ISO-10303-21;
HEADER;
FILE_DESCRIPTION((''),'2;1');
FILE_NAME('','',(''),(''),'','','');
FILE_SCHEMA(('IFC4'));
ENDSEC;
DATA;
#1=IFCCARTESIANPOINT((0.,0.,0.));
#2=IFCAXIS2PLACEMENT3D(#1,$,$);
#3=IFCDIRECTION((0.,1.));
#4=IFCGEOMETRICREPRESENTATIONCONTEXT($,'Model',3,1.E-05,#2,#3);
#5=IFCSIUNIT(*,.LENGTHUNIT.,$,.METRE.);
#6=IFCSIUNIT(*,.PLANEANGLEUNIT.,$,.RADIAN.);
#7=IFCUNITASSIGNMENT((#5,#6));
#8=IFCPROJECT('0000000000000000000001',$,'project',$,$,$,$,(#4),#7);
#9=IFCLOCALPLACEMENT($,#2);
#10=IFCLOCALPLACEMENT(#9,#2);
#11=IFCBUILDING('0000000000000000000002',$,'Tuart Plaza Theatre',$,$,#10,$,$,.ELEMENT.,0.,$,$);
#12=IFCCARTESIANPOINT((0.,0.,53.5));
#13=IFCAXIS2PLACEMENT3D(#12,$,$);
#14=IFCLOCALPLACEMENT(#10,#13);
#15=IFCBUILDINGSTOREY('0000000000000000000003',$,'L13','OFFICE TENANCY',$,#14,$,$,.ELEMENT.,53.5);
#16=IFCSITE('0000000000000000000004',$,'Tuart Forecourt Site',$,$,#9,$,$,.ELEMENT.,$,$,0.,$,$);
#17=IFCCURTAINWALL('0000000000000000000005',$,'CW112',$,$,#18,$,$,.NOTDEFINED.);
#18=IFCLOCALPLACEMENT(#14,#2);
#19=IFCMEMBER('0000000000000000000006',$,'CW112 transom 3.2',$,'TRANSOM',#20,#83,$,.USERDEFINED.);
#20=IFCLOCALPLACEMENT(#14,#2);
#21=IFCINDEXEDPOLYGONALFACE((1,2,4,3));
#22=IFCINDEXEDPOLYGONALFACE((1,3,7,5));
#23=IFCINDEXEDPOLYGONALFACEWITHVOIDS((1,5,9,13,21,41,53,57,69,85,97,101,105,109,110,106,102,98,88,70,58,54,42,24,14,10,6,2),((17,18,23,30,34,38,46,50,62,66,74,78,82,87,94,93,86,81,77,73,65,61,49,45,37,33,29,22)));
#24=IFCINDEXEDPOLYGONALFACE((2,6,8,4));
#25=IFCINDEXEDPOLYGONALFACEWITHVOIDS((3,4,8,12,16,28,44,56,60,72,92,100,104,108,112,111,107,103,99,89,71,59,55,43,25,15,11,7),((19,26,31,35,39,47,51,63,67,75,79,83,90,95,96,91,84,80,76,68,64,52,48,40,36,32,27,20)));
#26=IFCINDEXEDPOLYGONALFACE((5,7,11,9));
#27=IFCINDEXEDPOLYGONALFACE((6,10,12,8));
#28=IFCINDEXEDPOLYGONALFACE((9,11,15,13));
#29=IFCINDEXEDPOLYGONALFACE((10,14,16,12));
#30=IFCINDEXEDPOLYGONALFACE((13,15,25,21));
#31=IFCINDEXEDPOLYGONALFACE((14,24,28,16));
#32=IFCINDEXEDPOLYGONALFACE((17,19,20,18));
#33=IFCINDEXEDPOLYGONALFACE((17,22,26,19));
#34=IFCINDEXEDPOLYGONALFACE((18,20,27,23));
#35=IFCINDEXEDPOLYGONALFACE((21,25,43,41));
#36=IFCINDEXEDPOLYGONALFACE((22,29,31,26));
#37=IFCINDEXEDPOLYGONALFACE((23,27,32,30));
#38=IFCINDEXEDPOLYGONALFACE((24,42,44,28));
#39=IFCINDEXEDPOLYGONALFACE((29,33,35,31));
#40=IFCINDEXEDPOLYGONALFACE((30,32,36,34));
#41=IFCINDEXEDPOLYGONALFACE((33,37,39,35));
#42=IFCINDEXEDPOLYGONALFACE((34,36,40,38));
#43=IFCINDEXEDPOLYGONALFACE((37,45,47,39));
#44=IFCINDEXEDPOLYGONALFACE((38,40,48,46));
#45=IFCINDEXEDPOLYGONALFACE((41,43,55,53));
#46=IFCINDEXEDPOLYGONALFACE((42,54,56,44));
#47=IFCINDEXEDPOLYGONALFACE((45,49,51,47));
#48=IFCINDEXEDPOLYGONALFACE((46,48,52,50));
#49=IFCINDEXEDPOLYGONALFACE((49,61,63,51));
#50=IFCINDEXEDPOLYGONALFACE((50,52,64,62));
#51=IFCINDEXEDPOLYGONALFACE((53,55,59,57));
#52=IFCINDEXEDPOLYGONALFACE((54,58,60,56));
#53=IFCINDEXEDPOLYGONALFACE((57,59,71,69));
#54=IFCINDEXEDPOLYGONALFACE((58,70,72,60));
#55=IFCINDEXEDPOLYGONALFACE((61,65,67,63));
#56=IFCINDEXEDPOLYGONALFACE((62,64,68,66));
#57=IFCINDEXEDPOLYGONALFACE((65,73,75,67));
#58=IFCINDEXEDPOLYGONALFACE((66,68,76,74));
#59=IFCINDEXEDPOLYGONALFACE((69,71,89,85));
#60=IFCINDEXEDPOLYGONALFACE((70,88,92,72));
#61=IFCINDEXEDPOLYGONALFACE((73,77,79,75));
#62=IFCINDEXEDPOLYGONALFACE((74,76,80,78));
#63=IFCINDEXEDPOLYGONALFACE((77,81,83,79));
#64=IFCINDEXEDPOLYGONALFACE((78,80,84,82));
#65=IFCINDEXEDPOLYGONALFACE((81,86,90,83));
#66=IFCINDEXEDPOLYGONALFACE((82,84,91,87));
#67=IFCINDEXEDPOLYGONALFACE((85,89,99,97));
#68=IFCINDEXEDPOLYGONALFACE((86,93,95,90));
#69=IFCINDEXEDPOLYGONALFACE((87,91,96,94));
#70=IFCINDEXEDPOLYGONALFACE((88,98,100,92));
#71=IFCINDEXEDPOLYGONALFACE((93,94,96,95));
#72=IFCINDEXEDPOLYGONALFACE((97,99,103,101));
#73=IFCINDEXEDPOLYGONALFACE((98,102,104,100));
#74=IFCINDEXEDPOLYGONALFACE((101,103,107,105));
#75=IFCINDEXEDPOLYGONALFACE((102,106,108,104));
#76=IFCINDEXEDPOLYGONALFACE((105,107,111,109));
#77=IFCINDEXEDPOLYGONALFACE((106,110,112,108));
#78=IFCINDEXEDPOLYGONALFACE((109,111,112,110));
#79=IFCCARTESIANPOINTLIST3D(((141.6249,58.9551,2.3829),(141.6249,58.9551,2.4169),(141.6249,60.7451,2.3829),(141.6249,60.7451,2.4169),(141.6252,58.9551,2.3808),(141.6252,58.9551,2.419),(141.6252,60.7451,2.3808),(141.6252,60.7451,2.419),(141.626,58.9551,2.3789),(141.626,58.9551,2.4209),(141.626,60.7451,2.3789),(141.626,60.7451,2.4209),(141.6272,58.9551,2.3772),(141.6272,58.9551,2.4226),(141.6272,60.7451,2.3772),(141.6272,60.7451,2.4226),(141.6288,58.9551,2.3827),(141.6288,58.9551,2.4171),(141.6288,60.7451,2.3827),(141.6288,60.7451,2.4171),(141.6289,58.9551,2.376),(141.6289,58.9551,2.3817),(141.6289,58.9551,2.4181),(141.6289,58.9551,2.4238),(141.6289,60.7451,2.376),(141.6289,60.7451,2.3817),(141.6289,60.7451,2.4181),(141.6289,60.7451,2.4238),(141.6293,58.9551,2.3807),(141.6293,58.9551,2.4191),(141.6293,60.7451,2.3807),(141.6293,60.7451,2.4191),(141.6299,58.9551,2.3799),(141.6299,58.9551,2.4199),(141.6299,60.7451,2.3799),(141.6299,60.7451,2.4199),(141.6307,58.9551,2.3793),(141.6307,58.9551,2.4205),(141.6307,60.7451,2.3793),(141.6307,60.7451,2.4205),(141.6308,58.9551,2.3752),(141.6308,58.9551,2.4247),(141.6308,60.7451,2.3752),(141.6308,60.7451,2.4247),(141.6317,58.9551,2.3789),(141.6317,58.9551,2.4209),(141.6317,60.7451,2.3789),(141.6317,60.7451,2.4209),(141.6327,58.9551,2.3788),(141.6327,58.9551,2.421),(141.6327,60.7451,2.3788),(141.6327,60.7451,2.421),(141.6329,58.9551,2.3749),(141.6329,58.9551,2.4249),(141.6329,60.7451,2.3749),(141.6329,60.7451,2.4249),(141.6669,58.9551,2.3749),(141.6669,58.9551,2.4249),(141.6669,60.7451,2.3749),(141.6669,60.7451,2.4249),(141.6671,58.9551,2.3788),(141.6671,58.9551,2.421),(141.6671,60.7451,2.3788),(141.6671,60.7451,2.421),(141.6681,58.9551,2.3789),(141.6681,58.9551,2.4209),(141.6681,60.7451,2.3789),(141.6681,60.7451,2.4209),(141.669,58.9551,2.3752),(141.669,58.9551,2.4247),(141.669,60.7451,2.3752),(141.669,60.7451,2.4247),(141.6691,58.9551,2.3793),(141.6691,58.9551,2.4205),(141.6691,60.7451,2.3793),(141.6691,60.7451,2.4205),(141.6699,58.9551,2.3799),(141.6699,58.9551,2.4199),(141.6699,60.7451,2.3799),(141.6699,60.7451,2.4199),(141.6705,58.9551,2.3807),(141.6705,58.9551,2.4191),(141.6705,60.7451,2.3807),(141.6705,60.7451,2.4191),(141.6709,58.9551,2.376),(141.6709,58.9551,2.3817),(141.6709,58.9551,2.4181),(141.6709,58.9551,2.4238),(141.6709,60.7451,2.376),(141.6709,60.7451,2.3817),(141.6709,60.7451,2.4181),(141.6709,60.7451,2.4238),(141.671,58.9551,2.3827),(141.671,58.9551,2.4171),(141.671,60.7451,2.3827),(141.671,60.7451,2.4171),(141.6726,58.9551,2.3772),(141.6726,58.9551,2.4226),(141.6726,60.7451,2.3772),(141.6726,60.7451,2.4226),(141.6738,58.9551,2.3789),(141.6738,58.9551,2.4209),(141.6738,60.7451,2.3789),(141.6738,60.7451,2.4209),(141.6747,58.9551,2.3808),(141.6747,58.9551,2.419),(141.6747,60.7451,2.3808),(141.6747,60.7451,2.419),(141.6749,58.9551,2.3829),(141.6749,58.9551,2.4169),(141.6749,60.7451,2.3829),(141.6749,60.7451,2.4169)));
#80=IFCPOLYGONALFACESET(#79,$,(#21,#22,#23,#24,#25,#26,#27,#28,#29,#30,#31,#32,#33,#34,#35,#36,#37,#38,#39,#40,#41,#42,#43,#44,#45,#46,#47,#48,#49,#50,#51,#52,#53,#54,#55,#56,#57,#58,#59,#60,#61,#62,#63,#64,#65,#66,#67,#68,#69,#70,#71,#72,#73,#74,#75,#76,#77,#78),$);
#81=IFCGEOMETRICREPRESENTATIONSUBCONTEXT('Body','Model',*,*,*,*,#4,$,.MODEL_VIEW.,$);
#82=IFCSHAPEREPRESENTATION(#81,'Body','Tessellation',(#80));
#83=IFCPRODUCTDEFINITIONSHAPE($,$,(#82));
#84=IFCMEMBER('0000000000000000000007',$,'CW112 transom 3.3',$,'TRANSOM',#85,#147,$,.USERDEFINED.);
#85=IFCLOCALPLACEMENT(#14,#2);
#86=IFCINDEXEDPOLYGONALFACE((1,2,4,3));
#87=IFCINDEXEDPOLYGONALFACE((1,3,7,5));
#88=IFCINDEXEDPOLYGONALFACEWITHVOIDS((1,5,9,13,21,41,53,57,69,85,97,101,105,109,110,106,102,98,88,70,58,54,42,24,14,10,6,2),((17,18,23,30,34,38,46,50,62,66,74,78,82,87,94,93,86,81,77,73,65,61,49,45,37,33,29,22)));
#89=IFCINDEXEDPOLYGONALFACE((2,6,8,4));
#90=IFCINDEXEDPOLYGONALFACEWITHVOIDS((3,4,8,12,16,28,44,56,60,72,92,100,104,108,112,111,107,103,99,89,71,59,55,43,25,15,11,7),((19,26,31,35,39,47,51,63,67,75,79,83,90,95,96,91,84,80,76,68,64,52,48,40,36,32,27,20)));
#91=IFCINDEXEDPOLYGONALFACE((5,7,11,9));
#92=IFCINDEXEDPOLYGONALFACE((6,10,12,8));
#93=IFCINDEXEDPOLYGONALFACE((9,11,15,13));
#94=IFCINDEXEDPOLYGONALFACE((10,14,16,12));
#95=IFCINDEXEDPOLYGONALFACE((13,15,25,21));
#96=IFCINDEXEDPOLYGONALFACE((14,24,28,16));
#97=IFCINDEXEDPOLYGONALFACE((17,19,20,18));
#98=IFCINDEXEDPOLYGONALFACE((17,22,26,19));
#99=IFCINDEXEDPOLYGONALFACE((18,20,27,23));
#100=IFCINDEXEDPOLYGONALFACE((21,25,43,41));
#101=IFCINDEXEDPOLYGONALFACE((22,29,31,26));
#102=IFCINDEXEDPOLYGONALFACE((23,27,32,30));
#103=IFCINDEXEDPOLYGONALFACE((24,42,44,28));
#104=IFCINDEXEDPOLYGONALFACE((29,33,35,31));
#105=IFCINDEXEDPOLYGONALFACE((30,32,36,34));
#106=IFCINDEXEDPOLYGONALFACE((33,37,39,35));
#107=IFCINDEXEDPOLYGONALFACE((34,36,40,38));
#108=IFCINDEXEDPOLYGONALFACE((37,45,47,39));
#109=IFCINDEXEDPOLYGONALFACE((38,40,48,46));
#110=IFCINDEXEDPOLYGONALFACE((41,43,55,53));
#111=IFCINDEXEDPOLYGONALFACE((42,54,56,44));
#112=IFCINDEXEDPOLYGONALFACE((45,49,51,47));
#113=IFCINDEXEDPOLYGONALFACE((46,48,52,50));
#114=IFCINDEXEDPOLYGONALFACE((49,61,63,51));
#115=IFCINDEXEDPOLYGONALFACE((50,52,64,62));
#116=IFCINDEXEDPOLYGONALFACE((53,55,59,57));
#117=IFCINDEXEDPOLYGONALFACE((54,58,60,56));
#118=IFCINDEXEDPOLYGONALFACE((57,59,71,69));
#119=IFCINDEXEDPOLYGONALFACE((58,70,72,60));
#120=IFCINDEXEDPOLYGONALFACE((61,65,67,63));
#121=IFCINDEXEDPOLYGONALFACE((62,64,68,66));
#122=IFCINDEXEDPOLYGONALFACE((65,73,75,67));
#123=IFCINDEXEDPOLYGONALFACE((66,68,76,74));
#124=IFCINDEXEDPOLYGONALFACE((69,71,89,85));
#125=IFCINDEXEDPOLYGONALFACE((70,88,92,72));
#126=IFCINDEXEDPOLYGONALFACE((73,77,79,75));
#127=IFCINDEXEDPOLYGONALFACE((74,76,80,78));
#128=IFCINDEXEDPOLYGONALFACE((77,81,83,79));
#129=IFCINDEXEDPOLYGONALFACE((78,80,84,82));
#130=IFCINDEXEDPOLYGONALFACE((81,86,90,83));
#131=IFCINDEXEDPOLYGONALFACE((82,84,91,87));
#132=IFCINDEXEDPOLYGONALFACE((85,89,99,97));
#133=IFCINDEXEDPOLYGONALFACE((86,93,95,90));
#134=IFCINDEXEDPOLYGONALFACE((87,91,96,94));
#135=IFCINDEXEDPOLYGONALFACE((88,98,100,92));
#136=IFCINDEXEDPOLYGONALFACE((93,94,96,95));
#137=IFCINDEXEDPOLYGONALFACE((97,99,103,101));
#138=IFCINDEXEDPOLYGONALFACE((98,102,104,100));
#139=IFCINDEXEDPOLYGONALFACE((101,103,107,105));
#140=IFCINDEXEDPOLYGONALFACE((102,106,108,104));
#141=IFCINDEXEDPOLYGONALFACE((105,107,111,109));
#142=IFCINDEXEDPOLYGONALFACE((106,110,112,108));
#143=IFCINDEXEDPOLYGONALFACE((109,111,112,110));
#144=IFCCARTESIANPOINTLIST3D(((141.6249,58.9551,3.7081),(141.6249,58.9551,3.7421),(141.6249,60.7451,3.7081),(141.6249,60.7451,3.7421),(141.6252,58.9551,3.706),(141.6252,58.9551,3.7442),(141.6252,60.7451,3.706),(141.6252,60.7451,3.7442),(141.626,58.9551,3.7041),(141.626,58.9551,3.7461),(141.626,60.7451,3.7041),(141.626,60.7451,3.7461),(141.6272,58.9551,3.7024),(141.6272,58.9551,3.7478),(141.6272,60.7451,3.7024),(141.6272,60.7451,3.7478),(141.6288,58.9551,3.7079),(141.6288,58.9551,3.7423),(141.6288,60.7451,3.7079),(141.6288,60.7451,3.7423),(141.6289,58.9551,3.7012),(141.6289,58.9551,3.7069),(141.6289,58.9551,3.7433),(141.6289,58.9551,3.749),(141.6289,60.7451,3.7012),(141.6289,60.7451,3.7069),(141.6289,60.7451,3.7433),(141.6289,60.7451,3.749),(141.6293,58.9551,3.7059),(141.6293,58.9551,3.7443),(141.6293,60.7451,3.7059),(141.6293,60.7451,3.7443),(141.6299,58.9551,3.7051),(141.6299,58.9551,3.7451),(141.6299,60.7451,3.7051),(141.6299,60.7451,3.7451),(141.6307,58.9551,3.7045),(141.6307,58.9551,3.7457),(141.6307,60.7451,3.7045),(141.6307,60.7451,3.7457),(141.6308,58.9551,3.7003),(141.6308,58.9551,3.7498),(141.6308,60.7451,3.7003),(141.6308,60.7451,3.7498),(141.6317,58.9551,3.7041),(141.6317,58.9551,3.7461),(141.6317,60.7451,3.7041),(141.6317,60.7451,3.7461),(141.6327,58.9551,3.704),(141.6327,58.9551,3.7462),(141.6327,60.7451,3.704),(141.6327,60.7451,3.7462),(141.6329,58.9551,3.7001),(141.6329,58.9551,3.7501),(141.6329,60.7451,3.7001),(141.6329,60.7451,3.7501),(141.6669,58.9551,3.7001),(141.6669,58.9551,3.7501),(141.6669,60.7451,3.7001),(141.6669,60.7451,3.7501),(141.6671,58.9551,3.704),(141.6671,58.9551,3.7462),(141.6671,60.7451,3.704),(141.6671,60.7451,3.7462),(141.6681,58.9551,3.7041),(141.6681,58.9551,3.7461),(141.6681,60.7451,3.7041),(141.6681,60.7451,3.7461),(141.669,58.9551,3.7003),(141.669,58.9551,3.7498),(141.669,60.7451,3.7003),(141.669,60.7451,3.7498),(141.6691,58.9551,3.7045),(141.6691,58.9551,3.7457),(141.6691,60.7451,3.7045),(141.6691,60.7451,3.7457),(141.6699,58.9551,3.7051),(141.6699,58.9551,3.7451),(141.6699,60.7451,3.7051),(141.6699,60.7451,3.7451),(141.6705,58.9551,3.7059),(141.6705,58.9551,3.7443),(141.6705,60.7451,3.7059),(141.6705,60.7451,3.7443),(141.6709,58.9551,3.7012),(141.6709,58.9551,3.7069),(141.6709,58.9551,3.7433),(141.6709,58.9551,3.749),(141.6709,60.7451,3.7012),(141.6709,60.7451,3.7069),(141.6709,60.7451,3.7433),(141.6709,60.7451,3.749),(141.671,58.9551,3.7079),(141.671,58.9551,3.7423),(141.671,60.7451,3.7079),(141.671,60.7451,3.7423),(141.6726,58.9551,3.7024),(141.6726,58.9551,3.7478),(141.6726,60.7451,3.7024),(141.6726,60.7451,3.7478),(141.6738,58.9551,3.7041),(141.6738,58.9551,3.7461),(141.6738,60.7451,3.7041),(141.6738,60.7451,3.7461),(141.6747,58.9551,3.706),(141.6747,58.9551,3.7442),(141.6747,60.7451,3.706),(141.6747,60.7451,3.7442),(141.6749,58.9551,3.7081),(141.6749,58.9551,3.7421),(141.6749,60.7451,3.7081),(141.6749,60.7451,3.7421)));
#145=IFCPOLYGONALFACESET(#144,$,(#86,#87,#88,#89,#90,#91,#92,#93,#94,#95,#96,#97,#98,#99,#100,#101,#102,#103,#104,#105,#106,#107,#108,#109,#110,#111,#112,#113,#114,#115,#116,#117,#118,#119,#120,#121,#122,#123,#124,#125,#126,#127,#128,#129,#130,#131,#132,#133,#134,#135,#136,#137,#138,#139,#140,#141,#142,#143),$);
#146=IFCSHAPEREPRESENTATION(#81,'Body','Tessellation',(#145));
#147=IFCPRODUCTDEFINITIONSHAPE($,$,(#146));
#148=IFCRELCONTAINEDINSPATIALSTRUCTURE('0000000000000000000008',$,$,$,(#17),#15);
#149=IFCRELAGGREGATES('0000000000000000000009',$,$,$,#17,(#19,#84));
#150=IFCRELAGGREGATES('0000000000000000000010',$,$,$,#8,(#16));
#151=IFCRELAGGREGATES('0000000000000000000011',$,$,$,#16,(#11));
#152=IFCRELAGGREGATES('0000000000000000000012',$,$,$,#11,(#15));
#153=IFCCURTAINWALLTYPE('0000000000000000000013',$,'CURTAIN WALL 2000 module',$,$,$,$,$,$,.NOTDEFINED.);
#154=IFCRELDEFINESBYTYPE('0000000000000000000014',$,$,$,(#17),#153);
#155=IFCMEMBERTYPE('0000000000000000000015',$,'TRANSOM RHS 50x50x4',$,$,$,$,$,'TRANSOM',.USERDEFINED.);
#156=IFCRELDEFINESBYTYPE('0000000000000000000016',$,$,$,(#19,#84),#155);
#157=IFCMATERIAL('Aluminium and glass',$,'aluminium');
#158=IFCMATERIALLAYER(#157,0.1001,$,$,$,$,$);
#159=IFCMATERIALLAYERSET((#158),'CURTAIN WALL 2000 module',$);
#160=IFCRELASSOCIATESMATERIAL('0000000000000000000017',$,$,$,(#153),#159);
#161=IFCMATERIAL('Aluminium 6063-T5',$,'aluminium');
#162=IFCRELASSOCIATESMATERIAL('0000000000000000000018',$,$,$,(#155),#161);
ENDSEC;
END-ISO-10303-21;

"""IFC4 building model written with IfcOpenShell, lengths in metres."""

from ifc_helpers import new_model, si_unit, direction, frame, origin, origin_2d, place, context, subcontext, project, spatial, hollow_rectangle, extrude, material, layer, layer_set, material_profile, profile_set, type_object, element, aggregate, save


model = new_model("IFC4")

# Units and contexts
model_context = context("Model", 3, precision=1e-05, world=origin(), true_north=direction((0.0, 1.0)))
body_context = subcontext(model_context, "Body", "Model", "MODEL_VIEW")
ifc_project = project(units=[si_unit("LENGTHUNIT", "METRE"), si_unit("PLANEANGLEUNIT", "RADIAN")], contexts=[model_context])

# Site, building, storey
site_placement = place(None, origin())
site = spatial("IfcSite", under=ifc_project, at=site_placement, Name="Tuart Forecourt Site", CompositionType="ELEMENT", RefElevation=0.0)
building_placement = place(site_placement, origin())
building = spatial("IfcBuilding", under=site, at=building_placement, Name="Tuart Plaza Theatre", CompositionType="ELEMENT", ElevationOfRefHeight=0.0)
storey_placement = place(building_placement, frame((0.0, 0.0, 53.5)))
storey = spatial("IfcBuildingStorey", under=building, at=storey_placement, Name="L13", Description="OFFICE TENANCY", CompositionType="ELEMENT", Elevation=53.5)

# Curtain wall
ifc_material_1 = material(Name="Aluminium and glass", Category="aluminium")
ifc_layer_1 = layer(ifc_material_1, 0.1001)
ifc_layer_set_1 = layer_set([ifc_layer_1], Name="CURTAIN WALL 2000 module")
curtain_wall_type = type_object("IfcCurtainWallType", Name="CURTAIN WALL 2000 module", PredefinedType="NOTDEFINED", material=ifc_layer_set_1)
curtain_wall_1_placement = place(storey_placement, origin())
curtain_wall_1 = element("IfcCurtainWall", 1, at=curtain_wall_1_placement, inside=storey, type_object=curtain_wall_type, Name="CW112", PredefinedType="NOTDEFINED")

# Members
ifc_material_2 = material(Name="Aluminium 6063-T5", Category="aluminium")
ifc_material_profile_1 = material_profile(ifc_material_2, hollow_rectangle(XDim=0.05, YDim=0.05, WallThickness=0.0039, InnerFilletRadius=0.0039, OuterFilletRadius=0.0081, at=origin_2d()), Name="RHS 50x50x4")
ifc_profile_set_1 = profile_set([ifc_material_profile_1], Name="Aluminium 6063-T5")
member_type_1 = type_object("IfcMemberType", Name="TRANSOM RHS 50x50x4", ElementType="TRANSOM", PredefinedType="USERDEFINED", material=ifc_profile_set_1)
member_1_placement = place(storey_placement, frame((141.6499, 58.9551, 2.3999), z_axis=(0.0, 1.0, 0.0), x_axis=(-1.0, 0.0, 0.0)))
member_1 = element("IfcMember", 2, at=member_1_placement, type_object=member_type_1, Name="CW112 transom 3.2", ObjectType="TRANSOM", PredefinedType="USERDEFINED", context=body_context, shape_type="SweptSolid", body=[
    extrude(hollow_rectangle(XDim=0.05, YDim=0.05, WallThickness=0.0039, InnerFilletRadius=0.0039, OuterFilletRadius=0.0081, at=origin_2d()), origin(), (0.0, 0.0, 1.0), 1.79),
])
member_2_placement = place(storey_placement, frame((141.6499, 58.9551, 3.7251), z_axis=(0.0, 1.0, 0.0), x_axis=(-1.0, 0.0, 0.0)))
member_2 = element("IfcMember", 3, at=member_2_placement, type_object=member_type_1, Name="CW112 transom 3.3", ObjectType="TRANSOM", PredefinedType="USERDEFINED", context=body_context, shape_type="SweptSolid", body=[
    extrude(hollow_rectangle(XDim=0.05, YDim=0.05, WallThickness=0.0039, InnerFilletRadius=0.0039, OuterFilletRadius=0.0081, at=origin_2d()), origin(), (0.0, 0.0, 1.0), 1.79),
])

aggregate(curtain_wall_1, [member_1, member_2])

save(model, "model.ifc")
